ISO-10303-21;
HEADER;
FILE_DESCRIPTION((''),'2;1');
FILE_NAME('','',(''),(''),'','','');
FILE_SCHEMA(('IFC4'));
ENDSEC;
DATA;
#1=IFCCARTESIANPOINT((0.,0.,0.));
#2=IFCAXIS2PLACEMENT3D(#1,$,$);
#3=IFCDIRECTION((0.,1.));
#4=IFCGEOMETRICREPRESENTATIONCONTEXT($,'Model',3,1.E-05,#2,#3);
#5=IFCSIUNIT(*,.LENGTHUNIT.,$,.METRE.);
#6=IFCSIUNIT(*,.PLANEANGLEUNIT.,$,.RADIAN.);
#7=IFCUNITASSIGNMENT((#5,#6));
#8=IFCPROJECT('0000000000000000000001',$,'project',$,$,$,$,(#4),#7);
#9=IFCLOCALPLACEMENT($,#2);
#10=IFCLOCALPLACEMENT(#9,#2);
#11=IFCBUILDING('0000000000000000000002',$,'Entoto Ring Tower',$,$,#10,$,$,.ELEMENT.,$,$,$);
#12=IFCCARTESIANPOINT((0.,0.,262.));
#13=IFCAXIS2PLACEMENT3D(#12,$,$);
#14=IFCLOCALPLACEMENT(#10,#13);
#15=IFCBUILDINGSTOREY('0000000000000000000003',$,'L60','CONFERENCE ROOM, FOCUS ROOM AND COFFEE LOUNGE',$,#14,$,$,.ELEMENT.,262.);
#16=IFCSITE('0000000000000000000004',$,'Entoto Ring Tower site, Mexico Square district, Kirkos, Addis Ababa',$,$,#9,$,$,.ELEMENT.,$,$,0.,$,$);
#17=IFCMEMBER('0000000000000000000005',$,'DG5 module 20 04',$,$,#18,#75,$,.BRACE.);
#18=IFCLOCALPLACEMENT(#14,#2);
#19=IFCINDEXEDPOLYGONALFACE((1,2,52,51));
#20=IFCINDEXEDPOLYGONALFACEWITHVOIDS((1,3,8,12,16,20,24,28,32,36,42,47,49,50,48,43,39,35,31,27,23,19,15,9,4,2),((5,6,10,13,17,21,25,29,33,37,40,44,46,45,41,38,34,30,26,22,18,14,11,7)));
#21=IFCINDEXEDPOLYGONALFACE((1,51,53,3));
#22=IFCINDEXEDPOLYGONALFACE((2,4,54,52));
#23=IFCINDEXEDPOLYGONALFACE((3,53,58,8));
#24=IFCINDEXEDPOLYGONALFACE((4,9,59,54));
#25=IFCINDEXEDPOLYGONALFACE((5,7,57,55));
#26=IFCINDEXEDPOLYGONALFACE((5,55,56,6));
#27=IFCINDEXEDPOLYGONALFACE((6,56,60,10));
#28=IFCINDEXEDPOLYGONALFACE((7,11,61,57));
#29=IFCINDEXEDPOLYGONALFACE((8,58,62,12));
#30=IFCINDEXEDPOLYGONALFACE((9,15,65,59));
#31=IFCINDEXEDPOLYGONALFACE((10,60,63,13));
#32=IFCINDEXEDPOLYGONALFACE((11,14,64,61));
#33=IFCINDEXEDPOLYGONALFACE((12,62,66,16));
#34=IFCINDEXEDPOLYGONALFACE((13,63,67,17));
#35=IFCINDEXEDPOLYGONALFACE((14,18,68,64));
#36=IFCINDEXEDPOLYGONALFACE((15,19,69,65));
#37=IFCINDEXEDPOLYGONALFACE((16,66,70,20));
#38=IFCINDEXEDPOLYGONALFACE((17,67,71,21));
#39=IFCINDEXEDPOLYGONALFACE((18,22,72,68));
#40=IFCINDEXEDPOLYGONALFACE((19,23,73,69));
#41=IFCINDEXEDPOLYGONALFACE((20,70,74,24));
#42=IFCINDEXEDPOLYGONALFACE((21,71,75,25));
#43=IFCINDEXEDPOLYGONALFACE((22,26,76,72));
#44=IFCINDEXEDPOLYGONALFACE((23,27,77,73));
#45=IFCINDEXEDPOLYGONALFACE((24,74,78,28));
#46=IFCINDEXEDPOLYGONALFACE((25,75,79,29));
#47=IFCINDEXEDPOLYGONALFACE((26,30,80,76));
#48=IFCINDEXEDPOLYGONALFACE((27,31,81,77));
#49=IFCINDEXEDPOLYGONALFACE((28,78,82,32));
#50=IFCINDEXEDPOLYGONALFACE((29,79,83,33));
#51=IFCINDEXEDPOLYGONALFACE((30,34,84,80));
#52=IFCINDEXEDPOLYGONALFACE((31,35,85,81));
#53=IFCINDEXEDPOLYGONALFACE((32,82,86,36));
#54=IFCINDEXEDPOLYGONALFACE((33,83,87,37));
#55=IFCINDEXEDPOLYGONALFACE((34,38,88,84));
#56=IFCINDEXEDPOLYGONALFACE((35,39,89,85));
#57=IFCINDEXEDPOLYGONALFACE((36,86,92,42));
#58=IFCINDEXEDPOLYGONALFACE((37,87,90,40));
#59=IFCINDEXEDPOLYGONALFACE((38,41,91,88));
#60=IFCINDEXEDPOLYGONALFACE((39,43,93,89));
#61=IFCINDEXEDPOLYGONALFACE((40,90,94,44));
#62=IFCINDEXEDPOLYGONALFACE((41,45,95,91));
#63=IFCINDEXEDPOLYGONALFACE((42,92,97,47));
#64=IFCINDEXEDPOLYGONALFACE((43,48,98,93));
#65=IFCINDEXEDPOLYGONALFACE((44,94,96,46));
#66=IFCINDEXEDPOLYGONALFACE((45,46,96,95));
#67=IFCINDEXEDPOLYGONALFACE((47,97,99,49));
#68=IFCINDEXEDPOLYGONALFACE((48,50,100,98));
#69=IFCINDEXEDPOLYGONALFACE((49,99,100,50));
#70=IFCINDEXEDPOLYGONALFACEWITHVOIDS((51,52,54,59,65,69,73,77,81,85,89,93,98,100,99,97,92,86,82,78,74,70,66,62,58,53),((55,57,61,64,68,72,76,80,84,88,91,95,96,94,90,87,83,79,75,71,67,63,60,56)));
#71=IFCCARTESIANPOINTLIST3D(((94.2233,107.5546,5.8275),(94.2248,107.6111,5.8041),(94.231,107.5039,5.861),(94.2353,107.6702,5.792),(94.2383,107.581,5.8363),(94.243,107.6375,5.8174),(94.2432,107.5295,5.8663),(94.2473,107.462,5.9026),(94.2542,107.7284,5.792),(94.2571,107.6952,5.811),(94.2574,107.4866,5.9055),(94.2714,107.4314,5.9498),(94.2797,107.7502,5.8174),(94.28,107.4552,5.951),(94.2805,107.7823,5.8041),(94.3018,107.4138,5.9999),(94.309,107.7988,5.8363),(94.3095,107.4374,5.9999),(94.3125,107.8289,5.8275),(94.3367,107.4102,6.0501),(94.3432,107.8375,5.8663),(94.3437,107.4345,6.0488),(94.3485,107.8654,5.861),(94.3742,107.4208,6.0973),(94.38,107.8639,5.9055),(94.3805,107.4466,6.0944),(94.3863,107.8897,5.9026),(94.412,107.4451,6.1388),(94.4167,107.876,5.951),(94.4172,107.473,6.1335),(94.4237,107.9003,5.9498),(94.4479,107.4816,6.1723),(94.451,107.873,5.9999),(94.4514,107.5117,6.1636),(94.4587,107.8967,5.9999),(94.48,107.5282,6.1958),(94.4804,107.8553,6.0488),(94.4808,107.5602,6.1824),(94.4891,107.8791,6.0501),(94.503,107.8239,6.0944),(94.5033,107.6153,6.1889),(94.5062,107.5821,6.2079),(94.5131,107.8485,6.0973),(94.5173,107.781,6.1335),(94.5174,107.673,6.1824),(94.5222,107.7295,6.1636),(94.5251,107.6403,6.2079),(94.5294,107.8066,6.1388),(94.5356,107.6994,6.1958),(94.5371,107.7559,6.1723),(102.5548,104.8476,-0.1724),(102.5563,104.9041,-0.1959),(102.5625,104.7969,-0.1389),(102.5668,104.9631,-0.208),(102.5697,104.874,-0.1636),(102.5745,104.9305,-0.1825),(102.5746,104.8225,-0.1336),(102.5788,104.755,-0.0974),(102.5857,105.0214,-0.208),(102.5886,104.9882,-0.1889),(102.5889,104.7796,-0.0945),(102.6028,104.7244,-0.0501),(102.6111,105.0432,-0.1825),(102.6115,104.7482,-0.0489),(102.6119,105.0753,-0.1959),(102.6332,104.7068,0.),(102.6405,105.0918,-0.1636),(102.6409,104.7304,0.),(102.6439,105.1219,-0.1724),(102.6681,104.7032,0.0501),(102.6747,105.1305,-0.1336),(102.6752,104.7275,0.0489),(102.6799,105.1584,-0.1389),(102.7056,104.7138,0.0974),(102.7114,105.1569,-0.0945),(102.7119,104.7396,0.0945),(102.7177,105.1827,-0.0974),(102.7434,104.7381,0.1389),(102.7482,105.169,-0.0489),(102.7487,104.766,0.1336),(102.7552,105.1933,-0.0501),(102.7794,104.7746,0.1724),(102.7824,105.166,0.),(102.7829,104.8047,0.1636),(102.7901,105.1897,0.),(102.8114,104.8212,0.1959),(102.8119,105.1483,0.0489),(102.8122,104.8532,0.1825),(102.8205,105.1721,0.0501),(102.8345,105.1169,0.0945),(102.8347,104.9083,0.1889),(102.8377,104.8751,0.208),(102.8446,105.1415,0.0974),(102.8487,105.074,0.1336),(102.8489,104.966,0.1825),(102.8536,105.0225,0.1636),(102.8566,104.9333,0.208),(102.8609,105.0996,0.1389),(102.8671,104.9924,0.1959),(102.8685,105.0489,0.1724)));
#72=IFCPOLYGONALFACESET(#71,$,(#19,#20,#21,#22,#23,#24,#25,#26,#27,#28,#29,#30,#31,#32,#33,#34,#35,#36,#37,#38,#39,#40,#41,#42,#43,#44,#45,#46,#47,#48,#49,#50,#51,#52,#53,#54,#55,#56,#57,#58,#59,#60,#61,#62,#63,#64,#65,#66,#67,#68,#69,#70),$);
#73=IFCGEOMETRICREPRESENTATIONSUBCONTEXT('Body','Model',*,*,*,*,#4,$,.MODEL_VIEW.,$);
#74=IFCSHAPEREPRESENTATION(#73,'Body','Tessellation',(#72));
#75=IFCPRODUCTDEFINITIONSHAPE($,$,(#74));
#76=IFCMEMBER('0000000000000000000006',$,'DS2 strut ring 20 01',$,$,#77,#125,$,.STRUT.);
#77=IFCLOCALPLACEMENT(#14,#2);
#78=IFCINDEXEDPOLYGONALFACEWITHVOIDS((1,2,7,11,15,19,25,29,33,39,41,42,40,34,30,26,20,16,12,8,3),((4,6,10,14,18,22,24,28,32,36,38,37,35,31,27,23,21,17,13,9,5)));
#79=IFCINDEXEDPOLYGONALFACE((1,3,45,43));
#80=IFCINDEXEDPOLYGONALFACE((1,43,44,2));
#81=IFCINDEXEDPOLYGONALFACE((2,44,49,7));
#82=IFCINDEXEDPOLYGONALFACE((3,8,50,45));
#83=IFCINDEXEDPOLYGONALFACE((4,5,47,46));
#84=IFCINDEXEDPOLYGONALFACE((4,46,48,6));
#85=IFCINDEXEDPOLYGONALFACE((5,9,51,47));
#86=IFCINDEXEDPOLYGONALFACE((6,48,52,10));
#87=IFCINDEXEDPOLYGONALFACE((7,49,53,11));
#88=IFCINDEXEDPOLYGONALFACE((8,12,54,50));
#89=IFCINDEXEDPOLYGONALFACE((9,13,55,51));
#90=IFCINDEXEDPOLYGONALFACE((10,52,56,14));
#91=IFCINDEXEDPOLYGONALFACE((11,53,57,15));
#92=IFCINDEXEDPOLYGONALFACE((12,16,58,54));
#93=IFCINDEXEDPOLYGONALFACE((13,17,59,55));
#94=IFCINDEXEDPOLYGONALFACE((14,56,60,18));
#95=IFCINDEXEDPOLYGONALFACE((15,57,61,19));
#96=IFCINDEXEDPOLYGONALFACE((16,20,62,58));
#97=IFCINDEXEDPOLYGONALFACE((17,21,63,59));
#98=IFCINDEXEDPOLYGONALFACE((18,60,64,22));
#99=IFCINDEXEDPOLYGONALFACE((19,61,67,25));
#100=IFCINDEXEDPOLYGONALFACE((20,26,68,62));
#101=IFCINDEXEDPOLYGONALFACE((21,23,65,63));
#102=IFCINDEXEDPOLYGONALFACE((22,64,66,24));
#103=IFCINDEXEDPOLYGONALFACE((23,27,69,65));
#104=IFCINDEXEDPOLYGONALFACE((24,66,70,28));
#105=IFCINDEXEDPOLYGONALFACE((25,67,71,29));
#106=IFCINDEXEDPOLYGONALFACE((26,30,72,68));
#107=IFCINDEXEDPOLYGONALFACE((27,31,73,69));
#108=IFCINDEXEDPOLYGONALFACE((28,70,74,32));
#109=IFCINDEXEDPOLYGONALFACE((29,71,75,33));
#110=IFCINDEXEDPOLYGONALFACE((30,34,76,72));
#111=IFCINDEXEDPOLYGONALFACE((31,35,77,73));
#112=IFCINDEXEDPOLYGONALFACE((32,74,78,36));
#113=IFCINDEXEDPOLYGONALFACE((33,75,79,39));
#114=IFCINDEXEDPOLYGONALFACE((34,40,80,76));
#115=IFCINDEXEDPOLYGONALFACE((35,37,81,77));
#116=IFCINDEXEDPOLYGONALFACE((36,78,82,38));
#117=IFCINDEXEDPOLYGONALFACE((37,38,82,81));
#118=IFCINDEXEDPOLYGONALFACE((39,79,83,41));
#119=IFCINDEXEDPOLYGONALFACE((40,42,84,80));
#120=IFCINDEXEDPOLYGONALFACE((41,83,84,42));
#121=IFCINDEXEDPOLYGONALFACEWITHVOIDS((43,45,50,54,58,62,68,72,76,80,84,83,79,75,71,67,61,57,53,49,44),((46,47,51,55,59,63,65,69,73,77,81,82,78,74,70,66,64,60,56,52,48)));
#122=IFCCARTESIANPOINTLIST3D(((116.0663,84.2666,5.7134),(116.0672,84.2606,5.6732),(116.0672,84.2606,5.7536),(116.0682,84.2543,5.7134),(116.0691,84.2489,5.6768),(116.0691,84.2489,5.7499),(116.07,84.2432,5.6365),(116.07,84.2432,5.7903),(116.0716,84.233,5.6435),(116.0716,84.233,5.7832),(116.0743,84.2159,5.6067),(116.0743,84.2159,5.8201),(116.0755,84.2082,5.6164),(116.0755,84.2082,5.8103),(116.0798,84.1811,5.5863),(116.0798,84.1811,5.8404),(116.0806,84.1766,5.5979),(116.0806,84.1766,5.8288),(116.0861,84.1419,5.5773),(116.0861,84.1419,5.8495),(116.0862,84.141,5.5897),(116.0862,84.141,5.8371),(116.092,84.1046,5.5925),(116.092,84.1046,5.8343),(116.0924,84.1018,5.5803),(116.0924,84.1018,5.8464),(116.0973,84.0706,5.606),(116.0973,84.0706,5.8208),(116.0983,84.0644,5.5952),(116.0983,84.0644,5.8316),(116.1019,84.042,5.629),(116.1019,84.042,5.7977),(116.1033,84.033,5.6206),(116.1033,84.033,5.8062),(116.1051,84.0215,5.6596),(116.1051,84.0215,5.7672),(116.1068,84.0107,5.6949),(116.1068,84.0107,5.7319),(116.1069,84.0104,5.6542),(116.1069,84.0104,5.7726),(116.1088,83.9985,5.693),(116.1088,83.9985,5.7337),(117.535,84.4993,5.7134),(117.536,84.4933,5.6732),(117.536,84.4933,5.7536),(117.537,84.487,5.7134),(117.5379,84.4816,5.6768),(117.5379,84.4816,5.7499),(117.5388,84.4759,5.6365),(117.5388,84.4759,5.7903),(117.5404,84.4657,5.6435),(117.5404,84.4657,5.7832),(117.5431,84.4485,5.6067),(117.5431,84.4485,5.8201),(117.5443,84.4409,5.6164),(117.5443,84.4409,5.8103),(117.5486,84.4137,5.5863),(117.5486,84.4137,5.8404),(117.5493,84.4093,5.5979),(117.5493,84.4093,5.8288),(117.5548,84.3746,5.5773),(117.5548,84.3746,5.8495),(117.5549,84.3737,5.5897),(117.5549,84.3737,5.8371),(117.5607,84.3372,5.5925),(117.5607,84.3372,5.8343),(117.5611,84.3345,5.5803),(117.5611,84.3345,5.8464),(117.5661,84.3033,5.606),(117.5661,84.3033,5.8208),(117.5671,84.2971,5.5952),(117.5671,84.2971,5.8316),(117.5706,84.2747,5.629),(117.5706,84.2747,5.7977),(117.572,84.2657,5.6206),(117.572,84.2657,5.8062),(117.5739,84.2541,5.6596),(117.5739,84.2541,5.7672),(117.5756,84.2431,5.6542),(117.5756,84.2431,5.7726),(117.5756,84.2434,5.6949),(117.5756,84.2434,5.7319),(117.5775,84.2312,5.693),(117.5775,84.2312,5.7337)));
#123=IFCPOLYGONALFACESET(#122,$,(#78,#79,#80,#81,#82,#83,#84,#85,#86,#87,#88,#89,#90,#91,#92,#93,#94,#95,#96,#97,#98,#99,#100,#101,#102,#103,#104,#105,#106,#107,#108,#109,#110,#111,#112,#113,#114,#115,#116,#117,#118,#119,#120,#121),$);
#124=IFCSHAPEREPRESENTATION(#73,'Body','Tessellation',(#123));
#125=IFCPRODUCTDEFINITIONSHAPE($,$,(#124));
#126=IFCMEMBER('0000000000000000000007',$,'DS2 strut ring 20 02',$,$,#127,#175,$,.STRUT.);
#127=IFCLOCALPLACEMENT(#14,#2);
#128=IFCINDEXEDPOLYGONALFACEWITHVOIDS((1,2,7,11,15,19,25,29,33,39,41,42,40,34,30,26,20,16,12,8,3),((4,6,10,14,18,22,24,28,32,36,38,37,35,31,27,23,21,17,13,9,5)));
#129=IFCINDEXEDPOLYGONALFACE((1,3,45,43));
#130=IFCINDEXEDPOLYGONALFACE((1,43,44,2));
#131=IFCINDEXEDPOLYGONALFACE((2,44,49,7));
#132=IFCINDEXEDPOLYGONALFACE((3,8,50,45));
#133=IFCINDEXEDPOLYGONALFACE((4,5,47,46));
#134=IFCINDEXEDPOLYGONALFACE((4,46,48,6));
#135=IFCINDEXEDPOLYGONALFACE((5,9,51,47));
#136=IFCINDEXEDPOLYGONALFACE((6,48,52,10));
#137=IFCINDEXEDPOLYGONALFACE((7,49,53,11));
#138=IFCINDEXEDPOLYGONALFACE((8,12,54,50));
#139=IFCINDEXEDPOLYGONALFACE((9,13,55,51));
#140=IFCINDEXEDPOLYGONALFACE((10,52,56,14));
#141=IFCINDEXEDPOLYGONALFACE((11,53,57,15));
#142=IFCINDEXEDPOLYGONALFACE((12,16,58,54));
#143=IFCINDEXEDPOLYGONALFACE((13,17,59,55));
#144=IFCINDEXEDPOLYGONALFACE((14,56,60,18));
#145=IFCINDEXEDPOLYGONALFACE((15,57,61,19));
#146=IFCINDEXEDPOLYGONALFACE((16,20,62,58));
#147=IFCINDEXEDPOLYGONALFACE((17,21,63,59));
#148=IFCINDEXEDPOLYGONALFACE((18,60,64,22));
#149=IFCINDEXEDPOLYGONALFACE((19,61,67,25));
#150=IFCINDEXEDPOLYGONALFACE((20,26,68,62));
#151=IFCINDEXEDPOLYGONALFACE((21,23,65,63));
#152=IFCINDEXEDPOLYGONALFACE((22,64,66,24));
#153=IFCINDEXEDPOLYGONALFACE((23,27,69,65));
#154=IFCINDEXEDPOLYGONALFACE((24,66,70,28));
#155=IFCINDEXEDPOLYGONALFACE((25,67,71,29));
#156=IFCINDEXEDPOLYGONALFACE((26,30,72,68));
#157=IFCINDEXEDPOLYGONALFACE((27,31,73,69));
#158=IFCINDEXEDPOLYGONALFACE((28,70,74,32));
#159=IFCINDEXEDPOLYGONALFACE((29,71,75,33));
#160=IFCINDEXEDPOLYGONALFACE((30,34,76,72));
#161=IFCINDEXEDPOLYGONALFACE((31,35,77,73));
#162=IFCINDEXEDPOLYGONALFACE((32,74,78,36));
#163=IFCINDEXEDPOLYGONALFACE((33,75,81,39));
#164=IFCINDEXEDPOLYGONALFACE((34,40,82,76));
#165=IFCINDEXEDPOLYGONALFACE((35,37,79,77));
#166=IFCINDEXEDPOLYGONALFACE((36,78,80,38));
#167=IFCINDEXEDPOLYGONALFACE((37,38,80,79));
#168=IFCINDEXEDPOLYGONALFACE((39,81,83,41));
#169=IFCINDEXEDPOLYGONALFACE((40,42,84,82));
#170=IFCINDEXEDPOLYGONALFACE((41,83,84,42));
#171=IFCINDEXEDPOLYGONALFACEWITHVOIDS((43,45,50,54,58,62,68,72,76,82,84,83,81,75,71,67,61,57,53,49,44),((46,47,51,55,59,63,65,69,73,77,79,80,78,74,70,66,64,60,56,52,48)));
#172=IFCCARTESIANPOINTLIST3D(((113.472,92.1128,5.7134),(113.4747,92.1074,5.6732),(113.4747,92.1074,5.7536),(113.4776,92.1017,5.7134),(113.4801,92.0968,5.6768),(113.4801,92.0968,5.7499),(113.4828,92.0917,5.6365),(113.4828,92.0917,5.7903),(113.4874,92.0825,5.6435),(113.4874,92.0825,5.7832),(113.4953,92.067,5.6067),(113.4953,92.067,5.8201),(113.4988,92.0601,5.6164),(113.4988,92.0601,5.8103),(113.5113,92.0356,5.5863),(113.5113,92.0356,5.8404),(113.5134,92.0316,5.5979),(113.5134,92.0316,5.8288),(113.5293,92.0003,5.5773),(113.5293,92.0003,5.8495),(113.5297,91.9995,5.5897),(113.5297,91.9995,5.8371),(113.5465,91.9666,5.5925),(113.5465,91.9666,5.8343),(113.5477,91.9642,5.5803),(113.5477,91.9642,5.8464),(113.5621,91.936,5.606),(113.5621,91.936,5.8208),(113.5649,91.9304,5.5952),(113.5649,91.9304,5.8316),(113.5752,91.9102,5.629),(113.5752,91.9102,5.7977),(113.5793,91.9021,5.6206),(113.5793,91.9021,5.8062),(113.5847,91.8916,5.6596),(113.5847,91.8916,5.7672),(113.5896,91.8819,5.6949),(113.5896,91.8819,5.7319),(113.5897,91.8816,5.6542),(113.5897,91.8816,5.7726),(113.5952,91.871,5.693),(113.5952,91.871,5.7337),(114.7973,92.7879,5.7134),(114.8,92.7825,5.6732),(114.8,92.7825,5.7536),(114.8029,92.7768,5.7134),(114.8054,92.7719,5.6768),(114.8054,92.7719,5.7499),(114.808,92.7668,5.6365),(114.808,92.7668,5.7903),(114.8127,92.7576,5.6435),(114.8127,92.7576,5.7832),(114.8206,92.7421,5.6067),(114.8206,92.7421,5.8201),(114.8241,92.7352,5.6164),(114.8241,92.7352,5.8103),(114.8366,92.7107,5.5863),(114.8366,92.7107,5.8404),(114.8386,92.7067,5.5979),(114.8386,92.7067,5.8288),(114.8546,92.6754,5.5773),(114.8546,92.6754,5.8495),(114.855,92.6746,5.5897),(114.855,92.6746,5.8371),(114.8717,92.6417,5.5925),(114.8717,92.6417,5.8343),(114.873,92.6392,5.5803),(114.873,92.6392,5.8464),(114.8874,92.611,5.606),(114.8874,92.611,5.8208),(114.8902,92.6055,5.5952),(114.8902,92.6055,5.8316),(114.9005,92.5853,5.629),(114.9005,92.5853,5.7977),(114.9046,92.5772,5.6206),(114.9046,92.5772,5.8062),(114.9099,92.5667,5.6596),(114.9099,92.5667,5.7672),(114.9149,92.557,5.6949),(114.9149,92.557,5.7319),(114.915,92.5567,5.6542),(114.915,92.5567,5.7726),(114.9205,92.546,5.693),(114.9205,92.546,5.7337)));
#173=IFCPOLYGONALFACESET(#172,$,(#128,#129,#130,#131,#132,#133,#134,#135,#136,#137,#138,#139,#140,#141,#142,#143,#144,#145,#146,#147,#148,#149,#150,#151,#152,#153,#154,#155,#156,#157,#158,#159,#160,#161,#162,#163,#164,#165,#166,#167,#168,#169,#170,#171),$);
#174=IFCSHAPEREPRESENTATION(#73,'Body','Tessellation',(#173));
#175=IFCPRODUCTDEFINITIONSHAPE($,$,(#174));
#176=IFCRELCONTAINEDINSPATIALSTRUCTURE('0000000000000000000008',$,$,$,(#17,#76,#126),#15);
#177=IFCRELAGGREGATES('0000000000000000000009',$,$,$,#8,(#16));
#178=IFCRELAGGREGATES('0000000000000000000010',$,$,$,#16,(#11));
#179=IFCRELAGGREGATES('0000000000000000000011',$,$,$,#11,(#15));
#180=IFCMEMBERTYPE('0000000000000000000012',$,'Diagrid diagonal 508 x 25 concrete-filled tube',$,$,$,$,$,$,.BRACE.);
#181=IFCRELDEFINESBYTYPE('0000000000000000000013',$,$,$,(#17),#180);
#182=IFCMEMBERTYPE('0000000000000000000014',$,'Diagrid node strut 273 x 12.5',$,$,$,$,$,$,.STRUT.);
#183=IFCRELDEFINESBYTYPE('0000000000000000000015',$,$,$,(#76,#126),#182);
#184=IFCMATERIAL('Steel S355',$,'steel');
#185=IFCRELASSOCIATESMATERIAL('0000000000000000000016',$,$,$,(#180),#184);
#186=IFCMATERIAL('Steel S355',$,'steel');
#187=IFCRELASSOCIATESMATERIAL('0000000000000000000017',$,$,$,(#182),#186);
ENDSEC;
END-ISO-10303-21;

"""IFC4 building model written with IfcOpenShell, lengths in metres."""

from ifc_helpers import new_model, si_unit, direction, frame, origin, origin_2d, place, context, subcontext, project, spatial, circle, hollow_circle, extrude, material, material_profile, profile_set, type_object, element, save


model = new_model("IFC4")

# Units and contexts
model_context = context("Model", 3, precision=1e-05, world=origin(), true_north=direction((0.0, 1.0)))
body_context = subcontext(model_context, "Body", "Model", "MODEL_VIEW")
ifc_project = project(units=[si_unit("LENGTHUNIT", "METRE"), si_unit("PLANEANGLEUNIT", "RADIAN")], contexts=[model_context])

# Site, building, storey
site_placement = place(None, origin())
site = spatial("IfcSite", under=ifc_project, at=site_placement, Name="Entoto Ring Tower site, Mexico Square district, Kirkos, Addis Ababa", CompositionType="ELEMENT", RefElevation=0.0)
building_placement = place(site_placement, origin())
building = spatial("IfcBuilding", under=site, at=building_placement, Name="Entoto Ring Tower", CompositionType="ELEMENT")
storey_placement = place(building_placement, frame((0.0, 0.0, 262.0)))
storey = spatial("IfcBuildingStorey", under=building, at=storey_placement, Name="L60", Description="CONFERENCE ROOM, FOCUS ROOM AND COFFEE LOUNGE", CompositionType="ELEMENT", Elevation=262.0)

# Members
ifc_material_1 = material(Name="Steel S355", Category="steel")
ifc_material_profile_1 = material_profile(ifc_material_1, hollow_circle(Radius=0.2539, WallThickness=0.0249, at=origin_2d()), Name="CHS 508 x 25")
ifc_material_2 = material(Name="Concrete C60/75", Category="concrete")
ifc_material_profile_2 = material_profile(ifc_material_2, circle(Radius=0.229, at=origin_2d()), Name="Concrete C60/75 infill")
ifc_profile_set_1 = profile_set([ifc_material_profile_1, ifc_material_profile_2], Name="Steel S355")
member_type_1 = type_object("IfcMemberType", Name="Diagrid diagonal 508 x 25 concrete-filled tube", PredefinedType="BRACE", material=ifc_profile_set_1)
member_1_placement = place(storey_placement, frame((102.7117, 104.9482, 0.0), z_axis=(-0.78466, 0.254947, 0.565076), x_axis=(-0.309012, -0.951058, 0.0)))
element("IfcMember", 1, at=member_1_placement, inside=storey, type_object=member_type_1, Name="DG5 module 20 04", PredefinedType="BRACE", context=body_context, shape_type="SweptSolid", body=[
    extrude(hollow_circle(Radius=0.2539, WallThickness=0.0249, at=origin_2d()), origin(), (0.0, 0.0, 1.0), 10.6179),
])
ifc_material_3 = material(Name="Steel S355", Category="steel")
ifc_material_profile_3 = material_profile(ifc_material_3, hollow_circle(Radius=0.1365, WallThickness=0.0125, at=origin_2d()), Name="CHS 273 x 12.5")
ifc_material_4 = material(Name="Concrete C60/75", Category="concrete")
ifc_material_profile_4 = material_profile(ifc_material_4, circle(Radius=0.124, at=origin_2d()), Name="Concrete C60/75 infill")
ifc_profile_set_2 = profile_set([ifc_material_profile_3, ifc_material_profile_4], Name="Steel S355")
member_type_2 = type_object("IfcMemberType", Name="Diagrid node strut 273 x 12.5", PredefinedType="STRUT", material=ifc_profile_set_2)
member_2_placement = place(storey_placement, frame((116.0876, 84.1318, 5.7134), z_axis=(0.987684, 0.15646, 0.0), x_axis=(-0.15646, 0.987684, 0.0)))
element("IfcMember", 2, at=member_2_placement, inside=storey, type_object=member_type_2, Name="DS2 strut ring 20 01", PredefinedType="STRUT", context=body_context, shape_type="SweptSolid", body=[
    extrude(hollow_circle(Radius=0.1365, WallThickness=0.0125, at=origin_2d()), origin(), (0.0, 0.0, 1.0), 1.4871),
])
for number, where, z_axis, x_axis, name in (
    (3, (113.5339, 91.9912, 5.7134), (0.891053, 0.453899, 0.0), (-0.453899, 0.891053, 0.0), "DS2 strut ring 20 02"),
):
    element("IfcMember", number, at=place(storey_placement, frame(where, z_axis=z_axis, x_axis=x_axis)), inside=storey, type_object=member_type_2, Name=name, PredefinedType="STRUT", context=body_context, shape_type="SweptSolid", body=[
        extrude(hollow_circle(Radius=0.1365, WallThickness=0.0125, at=origin_2d()), origin(), (0.0, 0.0, 1.0), 1.4873),
    ])

save(model, "model.ifc")
